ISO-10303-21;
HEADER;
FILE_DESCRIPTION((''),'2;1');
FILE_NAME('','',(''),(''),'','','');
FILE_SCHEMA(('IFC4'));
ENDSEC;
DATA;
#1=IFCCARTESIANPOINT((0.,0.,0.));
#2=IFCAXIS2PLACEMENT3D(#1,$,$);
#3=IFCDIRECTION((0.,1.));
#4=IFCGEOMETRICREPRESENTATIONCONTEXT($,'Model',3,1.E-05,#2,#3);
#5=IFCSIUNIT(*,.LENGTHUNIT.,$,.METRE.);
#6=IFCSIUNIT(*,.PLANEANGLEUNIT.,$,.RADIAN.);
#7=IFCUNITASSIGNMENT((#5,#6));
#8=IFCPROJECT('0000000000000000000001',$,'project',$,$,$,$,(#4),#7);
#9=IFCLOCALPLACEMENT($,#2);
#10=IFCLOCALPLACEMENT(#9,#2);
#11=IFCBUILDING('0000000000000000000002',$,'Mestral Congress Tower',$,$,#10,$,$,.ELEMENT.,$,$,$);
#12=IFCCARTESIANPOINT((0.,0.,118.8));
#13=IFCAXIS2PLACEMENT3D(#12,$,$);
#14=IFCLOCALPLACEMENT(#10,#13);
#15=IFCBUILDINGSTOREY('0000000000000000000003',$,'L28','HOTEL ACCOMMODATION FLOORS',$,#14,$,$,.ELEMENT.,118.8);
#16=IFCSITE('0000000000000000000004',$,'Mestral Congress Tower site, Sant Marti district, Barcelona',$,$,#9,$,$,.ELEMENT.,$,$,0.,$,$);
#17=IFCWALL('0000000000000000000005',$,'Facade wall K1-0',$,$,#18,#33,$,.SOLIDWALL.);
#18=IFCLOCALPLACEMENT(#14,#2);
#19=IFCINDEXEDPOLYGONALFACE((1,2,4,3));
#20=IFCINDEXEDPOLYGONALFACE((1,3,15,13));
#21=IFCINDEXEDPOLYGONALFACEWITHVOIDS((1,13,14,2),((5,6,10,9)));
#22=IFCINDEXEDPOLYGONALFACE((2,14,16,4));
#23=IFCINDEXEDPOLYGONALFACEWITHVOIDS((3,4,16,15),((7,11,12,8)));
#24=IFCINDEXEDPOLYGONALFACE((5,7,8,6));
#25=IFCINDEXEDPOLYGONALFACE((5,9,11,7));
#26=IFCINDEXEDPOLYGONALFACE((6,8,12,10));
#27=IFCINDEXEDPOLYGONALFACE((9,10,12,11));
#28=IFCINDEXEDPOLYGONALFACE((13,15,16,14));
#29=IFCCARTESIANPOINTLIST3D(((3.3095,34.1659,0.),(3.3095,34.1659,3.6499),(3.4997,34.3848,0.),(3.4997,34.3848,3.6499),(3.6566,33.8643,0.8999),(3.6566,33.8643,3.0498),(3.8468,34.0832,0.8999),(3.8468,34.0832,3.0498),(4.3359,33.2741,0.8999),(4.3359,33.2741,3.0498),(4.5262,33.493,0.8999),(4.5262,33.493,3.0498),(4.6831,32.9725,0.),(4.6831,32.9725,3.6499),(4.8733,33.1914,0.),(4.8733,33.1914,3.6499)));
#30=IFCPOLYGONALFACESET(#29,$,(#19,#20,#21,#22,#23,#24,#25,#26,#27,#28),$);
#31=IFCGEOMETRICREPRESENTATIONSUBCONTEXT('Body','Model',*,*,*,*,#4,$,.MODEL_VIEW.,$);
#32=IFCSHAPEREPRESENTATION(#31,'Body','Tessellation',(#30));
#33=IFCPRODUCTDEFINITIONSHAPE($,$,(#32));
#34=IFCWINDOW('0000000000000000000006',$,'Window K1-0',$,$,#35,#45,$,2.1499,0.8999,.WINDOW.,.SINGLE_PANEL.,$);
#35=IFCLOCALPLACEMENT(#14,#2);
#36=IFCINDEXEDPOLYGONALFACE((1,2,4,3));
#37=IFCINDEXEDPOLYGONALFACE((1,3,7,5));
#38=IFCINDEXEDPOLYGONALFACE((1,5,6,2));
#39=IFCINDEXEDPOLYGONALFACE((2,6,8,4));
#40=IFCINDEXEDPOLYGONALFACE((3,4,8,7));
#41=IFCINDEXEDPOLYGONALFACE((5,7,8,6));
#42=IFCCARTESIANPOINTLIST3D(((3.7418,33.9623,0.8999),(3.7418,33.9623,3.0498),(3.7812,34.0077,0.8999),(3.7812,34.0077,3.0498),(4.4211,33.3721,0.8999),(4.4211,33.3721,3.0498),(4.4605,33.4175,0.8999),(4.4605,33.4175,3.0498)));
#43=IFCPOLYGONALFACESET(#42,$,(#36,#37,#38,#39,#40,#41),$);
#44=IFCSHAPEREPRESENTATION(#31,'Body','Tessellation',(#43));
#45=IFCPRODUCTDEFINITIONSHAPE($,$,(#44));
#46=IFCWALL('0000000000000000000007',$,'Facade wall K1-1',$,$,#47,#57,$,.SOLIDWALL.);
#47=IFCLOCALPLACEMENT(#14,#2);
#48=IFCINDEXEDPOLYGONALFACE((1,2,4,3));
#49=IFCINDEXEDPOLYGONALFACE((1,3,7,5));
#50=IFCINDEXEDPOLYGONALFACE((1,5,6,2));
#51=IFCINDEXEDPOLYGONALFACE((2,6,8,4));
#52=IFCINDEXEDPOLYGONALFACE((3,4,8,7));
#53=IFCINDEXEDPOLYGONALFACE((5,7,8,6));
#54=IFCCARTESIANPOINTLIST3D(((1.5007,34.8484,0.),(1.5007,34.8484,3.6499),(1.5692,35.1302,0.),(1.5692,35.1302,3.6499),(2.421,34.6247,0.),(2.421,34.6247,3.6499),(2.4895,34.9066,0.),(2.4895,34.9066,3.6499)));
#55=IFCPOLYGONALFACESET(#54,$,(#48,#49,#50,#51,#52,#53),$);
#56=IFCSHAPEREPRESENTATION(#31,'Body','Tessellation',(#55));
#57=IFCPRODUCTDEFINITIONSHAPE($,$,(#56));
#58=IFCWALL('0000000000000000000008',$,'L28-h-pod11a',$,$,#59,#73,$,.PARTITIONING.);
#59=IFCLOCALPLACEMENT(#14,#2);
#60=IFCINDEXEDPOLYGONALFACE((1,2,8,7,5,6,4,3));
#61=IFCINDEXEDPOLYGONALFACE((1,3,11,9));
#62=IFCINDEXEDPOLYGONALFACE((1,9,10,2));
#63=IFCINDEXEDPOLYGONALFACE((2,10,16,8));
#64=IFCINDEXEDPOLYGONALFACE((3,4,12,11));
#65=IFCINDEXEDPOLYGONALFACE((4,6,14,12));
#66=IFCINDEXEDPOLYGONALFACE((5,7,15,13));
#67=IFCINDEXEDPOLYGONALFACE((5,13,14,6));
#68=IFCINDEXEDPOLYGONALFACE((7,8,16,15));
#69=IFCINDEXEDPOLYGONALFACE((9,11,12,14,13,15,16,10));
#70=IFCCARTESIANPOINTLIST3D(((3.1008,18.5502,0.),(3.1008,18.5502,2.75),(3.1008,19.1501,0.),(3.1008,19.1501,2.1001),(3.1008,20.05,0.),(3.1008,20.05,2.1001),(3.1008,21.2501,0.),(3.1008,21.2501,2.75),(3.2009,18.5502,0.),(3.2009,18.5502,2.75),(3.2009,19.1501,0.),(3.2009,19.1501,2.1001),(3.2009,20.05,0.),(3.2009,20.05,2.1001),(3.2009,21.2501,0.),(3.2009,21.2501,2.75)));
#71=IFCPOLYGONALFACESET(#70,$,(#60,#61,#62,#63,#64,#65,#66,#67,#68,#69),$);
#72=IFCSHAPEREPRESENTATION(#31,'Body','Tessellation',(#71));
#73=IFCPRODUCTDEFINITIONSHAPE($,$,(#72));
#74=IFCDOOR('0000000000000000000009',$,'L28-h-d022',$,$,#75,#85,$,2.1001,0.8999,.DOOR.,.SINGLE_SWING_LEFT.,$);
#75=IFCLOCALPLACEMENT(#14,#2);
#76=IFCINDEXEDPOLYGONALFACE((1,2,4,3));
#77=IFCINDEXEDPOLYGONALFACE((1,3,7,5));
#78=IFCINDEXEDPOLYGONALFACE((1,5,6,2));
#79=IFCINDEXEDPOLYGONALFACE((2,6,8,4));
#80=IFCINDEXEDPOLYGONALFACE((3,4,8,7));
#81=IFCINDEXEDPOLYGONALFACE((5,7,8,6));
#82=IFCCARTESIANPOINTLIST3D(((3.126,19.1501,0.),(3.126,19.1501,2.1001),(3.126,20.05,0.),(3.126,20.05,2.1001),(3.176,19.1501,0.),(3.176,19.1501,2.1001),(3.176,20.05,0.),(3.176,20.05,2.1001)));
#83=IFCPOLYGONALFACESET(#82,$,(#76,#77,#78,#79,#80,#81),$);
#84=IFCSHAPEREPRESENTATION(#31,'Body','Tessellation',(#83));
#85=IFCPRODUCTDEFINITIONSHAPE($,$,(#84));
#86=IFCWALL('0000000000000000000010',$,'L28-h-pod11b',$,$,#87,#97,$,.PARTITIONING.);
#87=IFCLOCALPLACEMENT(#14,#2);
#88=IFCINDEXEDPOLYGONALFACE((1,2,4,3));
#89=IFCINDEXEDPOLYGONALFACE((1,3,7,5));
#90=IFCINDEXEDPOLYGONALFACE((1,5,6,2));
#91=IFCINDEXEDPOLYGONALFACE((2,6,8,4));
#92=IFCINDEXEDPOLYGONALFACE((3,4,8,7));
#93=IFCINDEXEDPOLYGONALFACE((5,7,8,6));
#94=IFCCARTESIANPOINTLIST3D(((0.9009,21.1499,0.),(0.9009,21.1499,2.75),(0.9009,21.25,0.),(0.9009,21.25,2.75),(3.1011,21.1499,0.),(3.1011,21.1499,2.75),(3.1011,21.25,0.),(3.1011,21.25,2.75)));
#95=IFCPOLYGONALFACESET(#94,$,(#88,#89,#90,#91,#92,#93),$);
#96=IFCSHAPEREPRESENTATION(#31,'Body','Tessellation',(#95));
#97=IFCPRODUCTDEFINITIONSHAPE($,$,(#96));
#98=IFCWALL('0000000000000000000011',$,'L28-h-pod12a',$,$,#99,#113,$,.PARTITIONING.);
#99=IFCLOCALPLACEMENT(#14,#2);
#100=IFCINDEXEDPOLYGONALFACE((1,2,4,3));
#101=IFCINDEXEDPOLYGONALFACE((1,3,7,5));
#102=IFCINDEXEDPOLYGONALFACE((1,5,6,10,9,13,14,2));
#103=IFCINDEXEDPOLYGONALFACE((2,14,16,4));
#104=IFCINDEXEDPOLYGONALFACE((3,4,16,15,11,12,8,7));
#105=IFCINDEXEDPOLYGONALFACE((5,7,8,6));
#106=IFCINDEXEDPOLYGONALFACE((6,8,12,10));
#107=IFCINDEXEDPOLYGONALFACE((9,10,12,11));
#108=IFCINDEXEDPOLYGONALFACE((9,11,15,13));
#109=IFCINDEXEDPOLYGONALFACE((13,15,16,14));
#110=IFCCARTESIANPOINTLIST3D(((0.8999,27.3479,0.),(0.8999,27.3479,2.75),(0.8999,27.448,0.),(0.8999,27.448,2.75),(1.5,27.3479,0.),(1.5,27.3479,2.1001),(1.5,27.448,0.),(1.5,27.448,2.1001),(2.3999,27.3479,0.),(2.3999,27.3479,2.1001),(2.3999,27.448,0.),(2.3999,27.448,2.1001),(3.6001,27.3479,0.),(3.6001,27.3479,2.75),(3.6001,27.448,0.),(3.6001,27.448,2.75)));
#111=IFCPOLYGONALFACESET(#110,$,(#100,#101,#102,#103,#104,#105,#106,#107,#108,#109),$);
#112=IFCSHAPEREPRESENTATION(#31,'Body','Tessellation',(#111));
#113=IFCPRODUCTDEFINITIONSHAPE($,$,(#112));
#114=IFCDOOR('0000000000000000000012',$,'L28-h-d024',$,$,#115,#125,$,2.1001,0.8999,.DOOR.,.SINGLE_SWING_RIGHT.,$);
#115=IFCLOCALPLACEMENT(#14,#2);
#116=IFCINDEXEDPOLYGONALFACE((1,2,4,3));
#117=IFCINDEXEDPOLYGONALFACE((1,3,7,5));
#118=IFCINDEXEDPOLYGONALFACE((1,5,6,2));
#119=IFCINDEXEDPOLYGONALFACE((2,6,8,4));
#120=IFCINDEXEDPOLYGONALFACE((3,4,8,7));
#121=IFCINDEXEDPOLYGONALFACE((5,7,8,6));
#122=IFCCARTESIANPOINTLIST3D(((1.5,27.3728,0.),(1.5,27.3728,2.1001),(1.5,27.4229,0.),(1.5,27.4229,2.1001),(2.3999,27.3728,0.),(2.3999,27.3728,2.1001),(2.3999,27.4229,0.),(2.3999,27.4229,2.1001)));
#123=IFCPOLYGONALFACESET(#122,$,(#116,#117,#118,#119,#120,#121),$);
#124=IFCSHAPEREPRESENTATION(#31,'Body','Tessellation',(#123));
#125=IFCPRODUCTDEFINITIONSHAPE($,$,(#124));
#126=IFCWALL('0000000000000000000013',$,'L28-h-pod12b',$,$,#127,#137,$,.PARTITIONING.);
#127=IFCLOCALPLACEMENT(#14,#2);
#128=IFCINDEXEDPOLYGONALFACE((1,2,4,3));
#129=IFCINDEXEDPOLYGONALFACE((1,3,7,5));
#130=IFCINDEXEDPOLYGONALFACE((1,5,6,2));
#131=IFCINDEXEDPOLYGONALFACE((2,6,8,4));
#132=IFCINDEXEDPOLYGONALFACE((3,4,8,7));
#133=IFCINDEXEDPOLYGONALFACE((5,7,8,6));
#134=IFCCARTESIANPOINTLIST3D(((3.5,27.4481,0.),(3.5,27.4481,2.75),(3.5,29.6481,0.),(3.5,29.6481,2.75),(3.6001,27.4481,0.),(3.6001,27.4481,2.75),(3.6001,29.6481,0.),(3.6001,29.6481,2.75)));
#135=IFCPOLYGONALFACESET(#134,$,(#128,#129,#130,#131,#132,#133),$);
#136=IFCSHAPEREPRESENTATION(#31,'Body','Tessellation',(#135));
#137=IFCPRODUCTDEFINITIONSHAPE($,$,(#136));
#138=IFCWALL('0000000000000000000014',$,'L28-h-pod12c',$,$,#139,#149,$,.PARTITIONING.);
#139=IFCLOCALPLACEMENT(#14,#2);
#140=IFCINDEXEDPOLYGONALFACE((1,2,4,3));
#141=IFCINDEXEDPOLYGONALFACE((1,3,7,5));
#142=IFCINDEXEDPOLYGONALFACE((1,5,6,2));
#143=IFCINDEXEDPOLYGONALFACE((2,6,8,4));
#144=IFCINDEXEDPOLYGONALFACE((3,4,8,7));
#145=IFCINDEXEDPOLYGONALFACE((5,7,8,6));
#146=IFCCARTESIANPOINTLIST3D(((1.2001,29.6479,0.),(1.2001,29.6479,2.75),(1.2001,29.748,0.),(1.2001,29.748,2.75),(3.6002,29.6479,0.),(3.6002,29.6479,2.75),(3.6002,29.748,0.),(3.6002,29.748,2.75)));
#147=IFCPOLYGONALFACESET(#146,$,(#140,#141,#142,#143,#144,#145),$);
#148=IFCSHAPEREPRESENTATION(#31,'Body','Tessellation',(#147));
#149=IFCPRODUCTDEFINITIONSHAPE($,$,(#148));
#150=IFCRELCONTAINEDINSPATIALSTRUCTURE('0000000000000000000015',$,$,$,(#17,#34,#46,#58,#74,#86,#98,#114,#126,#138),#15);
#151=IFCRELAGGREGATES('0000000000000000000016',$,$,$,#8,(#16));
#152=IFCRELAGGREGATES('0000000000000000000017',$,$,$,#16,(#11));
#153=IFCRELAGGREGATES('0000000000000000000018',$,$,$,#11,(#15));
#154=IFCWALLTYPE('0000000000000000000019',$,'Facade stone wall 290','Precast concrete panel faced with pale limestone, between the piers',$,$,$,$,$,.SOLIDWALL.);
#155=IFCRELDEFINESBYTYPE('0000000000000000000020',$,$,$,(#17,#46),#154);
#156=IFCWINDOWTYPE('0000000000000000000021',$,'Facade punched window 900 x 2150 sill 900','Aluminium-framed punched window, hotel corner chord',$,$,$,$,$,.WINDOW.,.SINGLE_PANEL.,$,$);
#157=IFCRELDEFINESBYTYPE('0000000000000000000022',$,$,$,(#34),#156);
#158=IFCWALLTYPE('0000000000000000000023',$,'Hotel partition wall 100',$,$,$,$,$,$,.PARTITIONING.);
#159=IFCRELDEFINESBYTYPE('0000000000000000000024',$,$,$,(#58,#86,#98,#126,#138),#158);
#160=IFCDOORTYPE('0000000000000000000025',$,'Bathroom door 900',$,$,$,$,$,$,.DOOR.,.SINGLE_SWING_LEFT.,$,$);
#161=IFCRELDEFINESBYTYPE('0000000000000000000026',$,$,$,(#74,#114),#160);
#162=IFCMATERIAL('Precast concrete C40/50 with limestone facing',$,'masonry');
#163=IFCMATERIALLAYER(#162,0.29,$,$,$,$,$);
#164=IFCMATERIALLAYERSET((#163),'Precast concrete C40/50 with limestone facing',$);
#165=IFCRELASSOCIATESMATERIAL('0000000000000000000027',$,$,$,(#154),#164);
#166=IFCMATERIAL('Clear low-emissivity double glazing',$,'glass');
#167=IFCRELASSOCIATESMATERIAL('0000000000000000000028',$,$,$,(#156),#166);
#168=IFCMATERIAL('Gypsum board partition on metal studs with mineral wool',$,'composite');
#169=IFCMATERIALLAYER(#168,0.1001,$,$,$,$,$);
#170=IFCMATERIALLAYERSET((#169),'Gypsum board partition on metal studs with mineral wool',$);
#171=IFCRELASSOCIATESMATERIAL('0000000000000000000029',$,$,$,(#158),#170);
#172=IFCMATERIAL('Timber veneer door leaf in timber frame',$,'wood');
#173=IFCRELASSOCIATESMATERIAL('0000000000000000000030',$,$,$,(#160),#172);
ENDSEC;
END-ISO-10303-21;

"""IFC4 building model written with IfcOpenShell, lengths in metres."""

from ifc_helpers import new_model, si_unit, direction, frame, frame_2d, origin, place, context, subcontext, project, spatial, rectangle, extrude, material, layer, layer_set, type_object, element, fill, save


model = new_model("IFC4")

# Units and contexts
model_context = context("Model", 3, precision=1e-05, world=origin(), true_north=direction((0.0, 1.0)))
body_context = subcontext(model_context, "Body", "Model", "MODEL_VIEW")
ifc_project = project(units=[si_unit("LENGTHUNIT", "METRE"), si_unit("PLANEANGLEUNIT", "RADIAN")], contexts=[model_context])

# Site, building, storey
site_placement = place(None, origin())
site = spatial("IfcSite", under=ifc_project, at=site_placement, Name="Mestral Congress Tower site, Sant Marti district, Barcelona", CompositionType="ELEMENT", RefElevation=0.0)
building_placement = place(site_placement, origin())
building = spatial("IfcBuilding", under=site, at=building_placement, Name="Mestral Congress Tower", CompositionType="ELEMENT")
storey_placement = place(building_placement, frame((0.0, 0.0, 118.8)))
storey = spatial("IfcBuildingStorey", under=building, at=storey_placement, Name="L28", Description="HOTEL ACCOMMODATION FLOORS", CompositionType="ELEMENT", Elevation=118.8)

# Shared definitions
ifc_material_1 = material(Name="Precast concrete C40/50 with limestone facing", Category="masonry")
ifc_layer_1 = layer(ifc_material_1, 0.29)
ifc_layer_set_1 = layer_set([ifc_layer_1], Name="Precast concrete C40/50 with limestone facing")
wall_type_1 = type_object("IfcWallType", Name="Facade stone wall 290", Description="Precast concrete panel faced with pale limestone, between the piers", PredefinedType="SOLIDWALL", material=ifc_layer_set_1)
ifc_material_2 = material(Name="Clear low-emissivity double glazing", Category="glass")

# Wall, opening, window
wall_1_placement = place(storey_placement, frame((4.7781, 33.082, 0.0), z_axis=(0.0, 0.0, 1.0), x_axis=(-0.754883, 0.65586, 0.0)))
wall_1 = element("IfcWall", 1, at=wall_1_placement, inside=storey, type_object=wall_type_1, Name="Facade wall K1-0", PredefinedType="SOLIDWALL", context=body_context, shape_type="SweptSolid", body=[
    extrude(rectangle(XDim=1.8196, YDim=0.29, at=frame_2d((0.9097, 0.0))), origin(), (0.0, 0.0, 1.0), 3.6499),
])
opening_1_placement = place(wall_1_placement, frame((0.4597, 0.0, 0.8999)))
opening_1 = element("IfcOpeningElement", 2, at=opening_1_placement, cuts=wall_1, PredefinedType="OPENING", context=body_context, shape_type="SweptSolid", body=[
    extrude(rectangle(XDim=0.8999, YDim=2.1499, at=frame_2d((0.45, 1.075))), frame((0.0, 0.155, 0.0), z_axis=(0.0, -1.0, 0.0), x_axis=(1.0, 0.0, 0.0)), (0.0, 0.0, 1.0), 0.3101),
])
window_type_1 = type_object("IfcWindowType", Name="Facade punched window 900 x 2150 sill 900", Description="Aluminium-framed punched window, hotel corner chord", PartitioningType="SINGLE_PANEL", PredefinedType="WINDOW", material=ifc_material_2)
window_1_placement = place(opening_1_placement, origin())
window_1 = element("IfcWindow", 3, at=window_1_placement, inside=storey, type_object=window_type_1, Name="Window K1-0", OverallHeight=2.1499, OverallWidth=0.8999, PartitioningType="SINGLE_PANEL", PredefinedType="WINDOW", context=body_context, shape_type="SweptSolid", body=[
    extrude(rectangle(XDim=0.8999, YDim=2.1499, at=frame_2d((0.45, 1.075))), frame((0.0, 0.0151, 0.0), z_axis=(0.0, -1.0, 0.0), x_axis=(1.0, 0.0, 0.0)), (0.0, 0.0, 1.0), 0.0601),
])
fill(opening_1, window_1)

# Wall
wall_2_placement = place(storey_placement, frame((2.4553, 34.7656, 0.0), z_axis=(0.0, 0.0, 1.0), x_axis=(-0.971714, 0.236161, 0.0)))
element("IfcWall", 4, at=wall_2_placement, inside=storey, type_object=wall_type_1, Name="Facade wall K1-1", PredefinedType="SOLIDWALL", context=body_context, shape_type="SweptSolid", body=[
    extrude(rectangle(XDim=0.947, YDim=0.29, at=frame_2d((0.4736, 0.0))), origin(), (0.0, 0.0, 1.0), 3.6499),
])

# Wall, opening, door
ifc_material_3 = material(Name="Gypsum board partition on metal studs with mineral wool", Category="composite")
ifc_layer_2 = layer(ifc_material_3, 0.1001)
ifc_layer_set_2 = layer_set([ifc_layer_2], Name="Gypsum board partition on metal studs with mineral wool")
wall_type_2 = type_object("IfcWallType", Name="Hotel partition wall 100", PredefinedType="PARTITIONING", material=ifc_layer_set_2)
wall_3_placement = place(storey_placement, frame((3.1509, 18.55, 0.0), z_axis=(0.0, 0.0, 1.0), x_axis=(0.0, 1.0, 0.0)))
wall_3 = element("IfcWall", 5, at=wall_3_placement, inside=storey, type_object=wall_type_2, Name="L28-h-pod11a", PredefinedType="PARTITIONING", context=body_context, shape_type="SweptSolid", body=[
    extrude(rectangle(XDim=2.7, YDim=0.1001, at=frame_2d((1.3501, 0.0))), origin(), (0.0, 0.0, 1.0), 2.75),
])
opening_2_placement = place(wall_3_placement, frame((0.6001, 0.0, 0.0)))
opening_2 = element("IfcOpeningElement", 6, at=opening_2_placement, cuts=wall_3, PredefinedType="OPENING", context=body_context, shape_type="SweptSolid", body=[
    extrude(rectangle(XDim=0.8999, YDim=2.1001, at=frame_2d((0.45, 1.05))), frame((0.0, 0.0601, 0.0), z_axis=(0.0, -1.0, 0.0), x_axis=(1.0, 0.0, 0.0)), (0.0, 0.0, 1.0), 0.1201),
])
ifc_material_4 = material(Name="Timber veneer door leaf in timber frame", Category="wood")
door_type_1 = type_object("IfcDoorType", Name="Bathroom door 900", OperationType="SINGLE_SWING_LEFT", PredefinedType="DOOR", material=ifc_material_4)
door_1_placement = place(opening_2_placement, origin())
door_1 = element("IfcDoor", 7, at=door_1_placement, inside=storey, type_object=door_type_1, Name="L28-h-d022", OperationType="SINGLE_SWING_LEFT", OverallHeight=2.1001, OverallWidth=0.8999, PredefinedType="DOOR", context=body_context, shape_type="SweptSolid", body=[
    extrude(rectangle(XDim=0.8999, YDim=2.1001, at=frame_2d((0.45, 1.05))), frame((0.0, 0.0249, 0.0), z_axis=(0.0, -1.0, 0.0), x_axis=(1.0, 0.0, 0.0)), (0.0, 0.0, 1.0), 0.05),
])
fill(opening_2, door_1)

# Wall
wall_4_placement = place(storey_placement, frame((3.1011, 21.2, 0.0), z_axis=(0.0, 0.0, 1.0), x_axis=(-1.0, 0.0, 0.0)))
element("IfcWall", 8, at=wall_4_placement, inside=storey, type_object=wall_type_2, Name="L28-h-pod11b", PredefinedType="PARTITIONING", context=body_context, shape_type="SweptSolid", body=[
    extrude(rectangle(XDim=2.2002, YDim=0.1001, at=frame_2d((1.1001, 0.0))), origin(), (0.0, 0.0, 1.0), 2.75),
])

# Wall, opening, door
wall_5_placement = place(storey_placement, frame((0.8999, 27.3979, 0.0), z_axis=(0.0, 0.0, 1.0), x_axis=(1.0, 0.0, 0.0)))
wall_5 = element("IfcWall", 9, at=wall_5_placement, inside=storey, type_object=wall_type_2, Name="L28-h-pod12a", PredefinedType="PARTITIONING", context=body_context, shape_type="SweptSolid", body=[
    extrude(rectangle(XDim=2.7002, YDim=0.1001, at=frame_2d((1.3501, 0.0))), origin(), (0.0, 0.0, 1.0), 2.75),
])
opening_3_placement = place(wall_5_placement, frame((0.6001, 0.0, 0.0)))
opening_3 = element("IfcOpeningElement", 10, at=opening_3_placement, cuts=wall_5, PredefinedType="OPENING", context=body_context, shape_type="SweptSolid", body=[
    extrude(rectangle(XDim=0.8999, YDim=2.1001, at=frame_2d((0.45, 1.05))), frame((0.0, 0.0601, 0.0), z_axis=(0.0, -1.0, 0.0), x_axis=(1.0, 0.0, 0.0)), (0.0, 0.0, 1.0), 0.1201),
])
door_2_placement = place(opening_3_placement, origin())
door_2 = element("IfcDoor", 11, at=door_2_placement, inside=storey, type_object=door_type_1, Name="L28-h-d024", OperationType="SINGLE_SWING_RIGHT", OverallHeight=2.1001, OverallWidth=0.8999, PredefinedType="DOOR", context=body_context, shape_type="SweptSolid", body=[
    extrude(rectangle(XDim=0.8999, YDim=2.1001, at=frame_2d((0.45, 1.05))), frame((0.0, 0.0249, 0.0), z_axis=(0.0, -1.0, 0.0), x_axis=(1.0, 0.0, 0.0)), (0.0, 0.0, 1.0), 0.05),
])
fill(opening_3, door_2)

# Walls
wall_6_placement = place(storey_placement, frame((3.55, 27.448, 0.0), z_axis=(0.0, 0.0, 1.0), x_axis=(0.0, 1.0, 0.0)))
element("IfcWall", 12, at=wall_6_placement, inside=storey, type_object=wall_type_2, Name="L28-h-pod12b", PredefinedType="PARTITIONING", context=body_context, shape_type="SweptSolid", body=[
    extrude(rectangle(XDim=2.2, YDim=0.1001, at=frame_2d((1.1001, 0.0))), origin(), (0.0, 0.0, 1.0), 2.75),
])
wall_7_placement = place(storey_placement, frame((1.2, 29.698, 0.0), z_axis=(0.0, 0.0, 1.0), x_axis=(1.0, 0.0, 0.0)))
element("IfcWall", 13, at=wall_7_placement, inside=storey, type_object=wall_type_2, Name="L28-h-pod12c", PredefinedType="PARTITIONING", context=body_context, shape_type="SweptSolid", body=[
    extrude(rectangle(XDim=2.4001, YDim=0.1001, at=frame_2d((1.2002, 0.0))), origin(), (0.0, 0.0, 1.0), 2.75),
])

save(model, "model.ifc")
